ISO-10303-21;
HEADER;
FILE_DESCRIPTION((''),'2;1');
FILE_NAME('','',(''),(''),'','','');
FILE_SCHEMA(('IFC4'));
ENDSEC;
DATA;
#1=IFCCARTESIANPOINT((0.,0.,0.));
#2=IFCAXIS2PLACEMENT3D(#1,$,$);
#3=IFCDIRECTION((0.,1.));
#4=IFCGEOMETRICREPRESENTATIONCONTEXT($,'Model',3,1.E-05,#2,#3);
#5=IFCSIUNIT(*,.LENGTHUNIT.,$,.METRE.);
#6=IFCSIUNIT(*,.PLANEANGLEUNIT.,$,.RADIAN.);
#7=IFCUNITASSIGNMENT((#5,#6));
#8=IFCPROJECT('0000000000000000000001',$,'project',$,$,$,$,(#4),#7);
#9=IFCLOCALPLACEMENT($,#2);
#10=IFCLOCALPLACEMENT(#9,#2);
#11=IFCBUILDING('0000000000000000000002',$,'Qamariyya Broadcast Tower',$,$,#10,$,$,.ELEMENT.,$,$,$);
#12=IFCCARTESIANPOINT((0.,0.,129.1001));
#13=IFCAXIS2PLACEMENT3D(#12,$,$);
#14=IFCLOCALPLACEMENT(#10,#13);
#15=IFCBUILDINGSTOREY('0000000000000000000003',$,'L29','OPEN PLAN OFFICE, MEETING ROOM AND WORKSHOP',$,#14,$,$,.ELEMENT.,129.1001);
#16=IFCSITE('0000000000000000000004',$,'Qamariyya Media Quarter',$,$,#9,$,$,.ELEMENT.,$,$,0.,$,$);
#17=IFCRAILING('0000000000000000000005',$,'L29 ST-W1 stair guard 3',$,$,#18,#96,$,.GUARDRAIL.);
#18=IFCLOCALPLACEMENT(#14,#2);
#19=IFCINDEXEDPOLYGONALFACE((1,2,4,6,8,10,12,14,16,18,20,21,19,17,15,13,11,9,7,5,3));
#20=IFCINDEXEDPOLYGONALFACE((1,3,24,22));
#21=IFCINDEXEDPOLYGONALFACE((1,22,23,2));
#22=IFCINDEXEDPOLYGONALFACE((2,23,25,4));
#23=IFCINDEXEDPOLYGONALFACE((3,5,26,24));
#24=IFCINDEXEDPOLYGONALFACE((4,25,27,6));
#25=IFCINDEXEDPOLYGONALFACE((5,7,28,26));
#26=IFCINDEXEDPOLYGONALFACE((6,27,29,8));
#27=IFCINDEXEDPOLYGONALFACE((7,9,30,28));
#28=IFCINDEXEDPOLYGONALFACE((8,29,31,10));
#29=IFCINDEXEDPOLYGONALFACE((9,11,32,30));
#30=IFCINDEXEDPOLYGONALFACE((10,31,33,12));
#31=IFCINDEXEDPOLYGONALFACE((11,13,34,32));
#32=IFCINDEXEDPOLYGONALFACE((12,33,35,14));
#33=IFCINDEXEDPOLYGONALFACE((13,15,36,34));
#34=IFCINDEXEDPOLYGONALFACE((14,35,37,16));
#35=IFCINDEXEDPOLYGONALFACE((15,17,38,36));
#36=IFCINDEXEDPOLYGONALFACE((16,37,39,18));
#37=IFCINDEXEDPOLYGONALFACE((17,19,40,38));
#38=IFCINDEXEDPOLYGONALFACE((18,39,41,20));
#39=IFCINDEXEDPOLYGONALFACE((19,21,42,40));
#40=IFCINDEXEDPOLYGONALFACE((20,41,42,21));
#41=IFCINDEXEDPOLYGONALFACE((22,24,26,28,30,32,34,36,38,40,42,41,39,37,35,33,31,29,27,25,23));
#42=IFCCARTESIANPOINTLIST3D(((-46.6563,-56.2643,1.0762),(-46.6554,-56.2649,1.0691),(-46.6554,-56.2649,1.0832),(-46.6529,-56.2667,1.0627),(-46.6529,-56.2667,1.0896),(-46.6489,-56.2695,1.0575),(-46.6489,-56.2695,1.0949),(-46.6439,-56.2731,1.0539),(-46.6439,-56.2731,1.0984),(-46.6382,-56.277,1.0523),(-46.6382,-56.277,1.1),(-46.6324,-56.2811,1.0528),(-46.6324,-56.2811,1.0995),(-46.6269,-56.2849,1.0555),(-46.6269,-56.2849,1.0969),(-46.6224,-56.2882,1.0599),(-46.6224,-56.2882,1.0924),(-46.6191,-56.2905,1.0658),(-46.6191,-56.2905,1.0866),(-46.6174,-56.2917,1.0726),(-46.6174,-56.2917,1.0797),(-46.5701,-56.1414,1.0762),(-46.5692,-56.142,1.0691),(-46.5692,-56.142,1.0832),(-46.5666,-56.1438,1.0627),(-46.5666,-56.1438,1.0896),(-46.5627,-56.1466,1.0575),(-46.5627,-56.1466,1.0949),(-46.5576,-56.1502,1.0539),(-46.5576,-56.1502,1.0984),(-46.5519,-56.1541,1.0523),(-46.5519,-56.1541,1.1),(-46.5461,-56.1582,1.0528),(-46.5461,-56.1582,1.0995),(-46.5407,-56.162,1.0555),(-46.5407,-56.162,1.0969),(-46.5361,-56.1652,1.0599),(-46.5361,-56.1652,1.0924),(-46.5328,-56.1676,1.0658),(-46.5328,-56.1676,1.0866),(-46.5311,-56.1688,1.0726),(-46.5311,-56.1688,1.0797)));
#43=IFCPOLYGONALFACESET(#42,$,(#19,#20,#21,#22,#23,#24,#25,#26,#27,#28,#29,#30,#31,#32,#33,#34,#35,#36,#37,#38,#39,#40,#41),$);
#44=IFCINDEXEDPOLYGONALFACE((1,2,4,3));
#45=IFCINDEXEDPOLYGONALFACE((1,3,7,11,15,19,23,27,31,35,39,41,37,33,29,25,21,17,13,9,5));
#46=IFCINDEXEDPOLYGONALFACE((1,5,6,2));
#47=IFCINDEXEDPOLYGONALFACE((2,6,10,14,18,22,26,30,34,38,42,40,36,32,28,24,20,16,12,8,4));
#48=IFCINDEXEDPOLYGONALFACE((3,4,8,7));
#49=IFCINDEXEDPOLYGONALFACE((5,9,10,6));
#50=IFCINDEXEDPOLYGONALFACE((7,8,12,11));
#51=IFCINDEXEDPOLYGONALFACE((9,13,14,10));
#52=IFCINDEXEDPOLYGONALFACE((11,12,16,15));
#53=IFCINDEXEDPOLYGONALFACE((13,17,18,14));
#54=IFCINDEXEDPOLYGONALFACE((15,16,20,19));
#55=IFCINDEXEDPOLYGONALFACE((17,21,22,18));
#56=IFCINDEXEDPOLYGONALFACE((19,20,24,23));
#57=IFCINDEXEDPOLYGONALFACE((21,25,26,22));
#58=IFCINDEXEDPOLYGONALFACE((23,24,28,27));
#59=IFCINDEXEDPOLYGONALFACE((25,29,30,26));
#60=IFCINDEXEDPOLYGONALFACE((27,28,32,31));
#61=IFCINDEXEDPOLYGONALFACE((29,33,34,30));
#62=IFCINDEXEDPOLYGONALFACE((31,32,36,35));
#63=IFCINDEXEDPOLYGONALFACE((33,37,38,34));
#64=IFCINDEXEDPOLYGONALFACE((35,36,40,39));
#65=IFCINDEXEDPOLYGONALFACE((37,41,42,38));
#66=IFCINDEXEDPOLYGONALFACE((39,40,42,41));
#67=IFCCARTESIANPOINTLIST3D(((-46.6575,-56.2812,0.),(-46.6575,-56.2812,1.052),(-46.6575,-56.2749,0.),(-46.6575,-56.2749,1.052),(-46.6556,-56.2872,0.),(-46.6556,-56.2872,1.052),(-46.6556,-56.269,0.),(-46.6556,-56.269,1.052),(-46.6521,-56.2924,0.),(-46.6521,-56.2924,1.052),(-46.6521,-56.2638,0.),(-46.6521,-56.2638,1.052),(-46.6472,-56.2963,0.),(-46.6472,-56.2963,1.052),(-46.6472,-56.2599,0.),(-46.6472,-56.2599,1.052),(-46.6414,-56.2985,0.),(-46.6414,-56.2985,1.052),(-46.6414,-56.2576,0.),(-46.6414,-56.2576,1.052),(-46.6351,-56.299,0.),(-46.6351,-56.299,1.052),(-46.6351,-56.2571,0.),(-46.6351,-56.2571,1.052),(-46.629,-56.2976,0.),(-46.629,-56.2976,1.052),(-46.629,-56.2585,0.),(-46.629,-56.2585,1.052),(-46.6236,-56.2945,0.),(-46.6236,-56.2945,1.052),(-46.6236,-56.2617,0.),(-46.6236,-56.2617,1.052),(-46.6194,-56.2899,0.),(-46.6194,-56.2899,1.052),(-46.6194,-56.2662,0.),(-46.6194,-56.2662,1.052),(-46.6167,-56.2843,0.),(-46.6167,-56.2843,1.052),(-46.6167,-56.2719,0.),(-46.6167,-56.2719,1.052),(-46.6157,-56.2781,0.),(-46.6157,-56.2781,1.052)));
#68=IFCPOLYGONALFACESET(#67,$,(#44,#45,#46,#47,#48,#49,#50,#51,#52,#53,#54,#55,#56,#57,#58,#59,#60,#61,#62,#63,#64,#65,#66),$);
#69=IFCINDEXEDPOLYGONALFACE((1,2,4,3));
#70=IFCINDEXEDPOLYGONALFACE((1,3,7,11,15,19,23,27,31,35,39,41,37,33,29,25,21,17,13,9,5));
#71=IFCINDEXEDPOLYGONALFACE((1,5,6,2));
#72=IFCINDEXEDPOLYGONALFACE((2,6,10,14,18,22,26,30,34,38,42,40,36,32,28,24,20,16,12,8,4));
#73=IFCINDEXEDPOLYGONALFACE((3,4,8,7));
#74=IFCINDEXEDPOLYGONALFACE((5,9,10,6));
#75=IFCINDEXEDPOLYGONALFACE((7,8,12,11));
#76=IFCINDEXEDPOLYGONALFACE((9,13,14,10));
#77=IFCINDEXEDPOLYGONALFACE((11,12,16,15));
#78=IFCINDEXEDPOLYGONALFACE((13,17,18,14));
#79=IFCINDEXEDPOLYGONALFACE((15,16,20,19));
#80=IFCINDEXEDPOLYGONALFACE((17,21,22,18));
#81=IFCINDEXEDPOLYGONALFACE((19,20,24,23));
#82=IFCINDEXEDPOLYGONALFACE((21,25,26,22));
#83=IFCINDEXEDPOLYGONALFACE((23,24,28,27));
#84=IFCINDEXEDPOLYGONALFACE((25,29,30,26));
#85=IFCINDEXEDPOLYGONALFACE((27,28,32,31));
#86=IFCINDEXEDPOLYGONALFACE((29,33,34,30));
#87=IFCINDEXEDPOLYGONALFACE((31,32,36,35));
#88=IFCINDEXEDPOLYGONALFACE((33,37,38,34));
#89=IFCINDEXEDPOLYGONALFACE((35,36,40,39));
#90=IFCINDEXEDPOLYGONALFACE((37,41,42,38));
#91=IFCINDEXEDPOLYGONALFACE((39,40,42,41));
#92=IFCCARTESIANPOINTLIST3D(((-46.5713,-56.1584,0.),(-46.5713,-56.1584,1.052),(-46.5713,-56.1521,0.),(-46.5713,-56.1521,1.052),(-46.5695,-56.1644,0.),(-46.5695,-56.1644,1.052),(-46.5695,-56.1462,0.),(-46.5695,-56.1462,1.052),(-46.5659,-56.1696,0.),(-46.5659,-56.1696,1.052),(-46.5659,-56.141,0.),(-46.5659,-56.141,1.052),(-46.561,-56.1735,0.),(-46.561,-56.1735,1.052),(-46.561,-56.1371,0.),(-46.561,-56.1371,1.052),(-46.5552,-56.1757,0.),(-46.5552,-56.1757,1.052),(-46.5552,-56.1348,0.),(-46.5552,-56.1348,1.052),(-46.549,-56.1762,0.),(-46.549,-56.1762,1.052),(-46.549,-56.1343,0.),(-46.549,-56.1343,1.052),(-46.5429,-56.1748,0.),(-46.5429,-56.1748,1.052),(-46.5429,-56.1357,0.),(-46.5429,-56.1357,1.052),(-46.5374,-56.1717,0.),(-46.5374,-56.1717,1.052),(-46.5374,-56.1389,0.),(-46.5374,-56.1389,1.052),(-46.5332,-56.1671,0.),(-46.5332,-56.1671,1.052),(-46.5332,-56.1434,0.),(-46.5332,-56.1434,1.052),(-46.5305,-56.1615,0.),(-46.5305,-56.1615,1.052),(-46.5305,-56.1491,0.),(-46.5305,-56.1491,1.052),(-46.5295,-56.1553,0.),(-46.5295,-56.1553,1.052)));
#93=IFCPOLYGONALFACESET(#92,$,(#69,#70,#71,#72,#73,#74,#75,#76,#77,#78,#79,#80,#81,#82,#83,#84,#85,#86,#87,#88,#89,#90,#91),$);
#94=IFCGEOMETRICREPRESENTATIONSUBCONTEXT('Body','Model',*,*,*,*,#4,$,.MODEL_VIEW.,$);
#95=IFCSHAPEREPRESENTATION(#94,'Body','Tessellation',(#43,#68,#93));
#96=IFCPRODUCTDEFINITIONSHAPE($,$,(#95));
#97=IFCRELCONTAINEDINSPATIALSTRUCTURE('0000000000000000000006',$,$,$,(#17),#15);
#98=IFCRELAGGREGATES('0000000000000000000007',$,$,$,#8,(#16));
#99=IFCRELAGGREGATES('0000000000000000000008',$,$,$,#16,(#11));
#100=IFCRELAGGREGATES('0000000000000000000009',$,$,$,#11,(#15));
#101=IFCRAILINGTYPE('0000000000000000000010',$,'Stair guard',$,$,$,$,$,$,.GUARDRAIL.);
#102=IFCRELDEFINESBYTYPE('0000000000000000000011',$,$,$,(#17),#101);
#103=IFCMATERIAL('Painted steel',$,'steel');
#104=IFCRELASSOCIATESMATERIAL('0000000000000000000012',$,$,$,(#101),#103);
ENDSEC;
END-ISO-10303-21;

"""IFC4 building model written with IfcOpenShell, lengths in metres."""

from ifc_helpers import new_model, si_unit, direction, frame, origin, origin_2d, place, context, subcontext, project, spatial, circle, extrude, material, type_object, element, save


model = new_model("IFC4")

# Units and contexts
model_context = context("Model", 3, precision=1e-05, world=origin(), true_north=direction((0.0, 1.0)))
body_context = subcontext(model_context, "Body", "Model", "MODEL_VIEW")
ifc_project = project(units=[si_unit("LENGTHUNIT", "METRE"), si_unit("PLANEANGLEUNIT", "RADIAN")], contexts=[model_context])

# Site, building, storey
site_placement = place(None, origin())
site = spatial("IfcSite", under=ifc_project, at=site_placement, Name="Qamariyya Media Quarter", CompositionType="ELEMENT", RefElevation=0.0)
building_placement = place(site_placement, origin())
building = spatial("IfcBuilding", under=site, at=building_placement, Name="Qamariyya Broadcast Tower", CompositionType="ELEMENT")
storey_placement = place(building_placement, frame((0.0, 0.0, 129.1001)))
storey = spatial("IfcBuildingStorey", under=building, at=storey_placement, Name="L29", Description="OPEN PLAN OFFICE, MEETING ROOM AND WORKSHOP", CompositionType="ELEMENT", Elevation=129.1001)

# Railing
ifc_material_1 = material(Name="Painted steel", Category="steel")
railing_type_1 = type_object("IfcRailingType", Name="Stair guard", PredefinedType="GUARDRAIL", material=ifc_material_1)
railing_1_placement = place(storey_placement, frame((-46.6367, -56.2781, 0.0)))
element("IfcRailing", 1, at=railing_1_placement, inside=storey, type_object=railing_type_1, Name="L29 ST-W1 stair guard 3", PredefinedType="GUARDRAIL", context=body_context, shape_type="SweptSolid", body=[
    extrude(circle(Radius=0.0239, at=origin_2d()), frame((0.0, 0.0, 1.0762), z_axis=(0.574445, 0.818543, 0.0), x_axis=(-0.818543, 0.574445, 0.0)), (0.0, 0.0, 1.0), 0.1501),
    extrude(circle(Radius=0.021, at=origin_2d()), origin(), (0.0, 0.0, 1.0), 1.052),
    extrude(circle(Radius=0.021, at=origin_2d()), frame((0.0862, 0.1228, 0.0)), (0.0, 0.0, 1.0), 1.052),
])

save(model, "model.ifc")
